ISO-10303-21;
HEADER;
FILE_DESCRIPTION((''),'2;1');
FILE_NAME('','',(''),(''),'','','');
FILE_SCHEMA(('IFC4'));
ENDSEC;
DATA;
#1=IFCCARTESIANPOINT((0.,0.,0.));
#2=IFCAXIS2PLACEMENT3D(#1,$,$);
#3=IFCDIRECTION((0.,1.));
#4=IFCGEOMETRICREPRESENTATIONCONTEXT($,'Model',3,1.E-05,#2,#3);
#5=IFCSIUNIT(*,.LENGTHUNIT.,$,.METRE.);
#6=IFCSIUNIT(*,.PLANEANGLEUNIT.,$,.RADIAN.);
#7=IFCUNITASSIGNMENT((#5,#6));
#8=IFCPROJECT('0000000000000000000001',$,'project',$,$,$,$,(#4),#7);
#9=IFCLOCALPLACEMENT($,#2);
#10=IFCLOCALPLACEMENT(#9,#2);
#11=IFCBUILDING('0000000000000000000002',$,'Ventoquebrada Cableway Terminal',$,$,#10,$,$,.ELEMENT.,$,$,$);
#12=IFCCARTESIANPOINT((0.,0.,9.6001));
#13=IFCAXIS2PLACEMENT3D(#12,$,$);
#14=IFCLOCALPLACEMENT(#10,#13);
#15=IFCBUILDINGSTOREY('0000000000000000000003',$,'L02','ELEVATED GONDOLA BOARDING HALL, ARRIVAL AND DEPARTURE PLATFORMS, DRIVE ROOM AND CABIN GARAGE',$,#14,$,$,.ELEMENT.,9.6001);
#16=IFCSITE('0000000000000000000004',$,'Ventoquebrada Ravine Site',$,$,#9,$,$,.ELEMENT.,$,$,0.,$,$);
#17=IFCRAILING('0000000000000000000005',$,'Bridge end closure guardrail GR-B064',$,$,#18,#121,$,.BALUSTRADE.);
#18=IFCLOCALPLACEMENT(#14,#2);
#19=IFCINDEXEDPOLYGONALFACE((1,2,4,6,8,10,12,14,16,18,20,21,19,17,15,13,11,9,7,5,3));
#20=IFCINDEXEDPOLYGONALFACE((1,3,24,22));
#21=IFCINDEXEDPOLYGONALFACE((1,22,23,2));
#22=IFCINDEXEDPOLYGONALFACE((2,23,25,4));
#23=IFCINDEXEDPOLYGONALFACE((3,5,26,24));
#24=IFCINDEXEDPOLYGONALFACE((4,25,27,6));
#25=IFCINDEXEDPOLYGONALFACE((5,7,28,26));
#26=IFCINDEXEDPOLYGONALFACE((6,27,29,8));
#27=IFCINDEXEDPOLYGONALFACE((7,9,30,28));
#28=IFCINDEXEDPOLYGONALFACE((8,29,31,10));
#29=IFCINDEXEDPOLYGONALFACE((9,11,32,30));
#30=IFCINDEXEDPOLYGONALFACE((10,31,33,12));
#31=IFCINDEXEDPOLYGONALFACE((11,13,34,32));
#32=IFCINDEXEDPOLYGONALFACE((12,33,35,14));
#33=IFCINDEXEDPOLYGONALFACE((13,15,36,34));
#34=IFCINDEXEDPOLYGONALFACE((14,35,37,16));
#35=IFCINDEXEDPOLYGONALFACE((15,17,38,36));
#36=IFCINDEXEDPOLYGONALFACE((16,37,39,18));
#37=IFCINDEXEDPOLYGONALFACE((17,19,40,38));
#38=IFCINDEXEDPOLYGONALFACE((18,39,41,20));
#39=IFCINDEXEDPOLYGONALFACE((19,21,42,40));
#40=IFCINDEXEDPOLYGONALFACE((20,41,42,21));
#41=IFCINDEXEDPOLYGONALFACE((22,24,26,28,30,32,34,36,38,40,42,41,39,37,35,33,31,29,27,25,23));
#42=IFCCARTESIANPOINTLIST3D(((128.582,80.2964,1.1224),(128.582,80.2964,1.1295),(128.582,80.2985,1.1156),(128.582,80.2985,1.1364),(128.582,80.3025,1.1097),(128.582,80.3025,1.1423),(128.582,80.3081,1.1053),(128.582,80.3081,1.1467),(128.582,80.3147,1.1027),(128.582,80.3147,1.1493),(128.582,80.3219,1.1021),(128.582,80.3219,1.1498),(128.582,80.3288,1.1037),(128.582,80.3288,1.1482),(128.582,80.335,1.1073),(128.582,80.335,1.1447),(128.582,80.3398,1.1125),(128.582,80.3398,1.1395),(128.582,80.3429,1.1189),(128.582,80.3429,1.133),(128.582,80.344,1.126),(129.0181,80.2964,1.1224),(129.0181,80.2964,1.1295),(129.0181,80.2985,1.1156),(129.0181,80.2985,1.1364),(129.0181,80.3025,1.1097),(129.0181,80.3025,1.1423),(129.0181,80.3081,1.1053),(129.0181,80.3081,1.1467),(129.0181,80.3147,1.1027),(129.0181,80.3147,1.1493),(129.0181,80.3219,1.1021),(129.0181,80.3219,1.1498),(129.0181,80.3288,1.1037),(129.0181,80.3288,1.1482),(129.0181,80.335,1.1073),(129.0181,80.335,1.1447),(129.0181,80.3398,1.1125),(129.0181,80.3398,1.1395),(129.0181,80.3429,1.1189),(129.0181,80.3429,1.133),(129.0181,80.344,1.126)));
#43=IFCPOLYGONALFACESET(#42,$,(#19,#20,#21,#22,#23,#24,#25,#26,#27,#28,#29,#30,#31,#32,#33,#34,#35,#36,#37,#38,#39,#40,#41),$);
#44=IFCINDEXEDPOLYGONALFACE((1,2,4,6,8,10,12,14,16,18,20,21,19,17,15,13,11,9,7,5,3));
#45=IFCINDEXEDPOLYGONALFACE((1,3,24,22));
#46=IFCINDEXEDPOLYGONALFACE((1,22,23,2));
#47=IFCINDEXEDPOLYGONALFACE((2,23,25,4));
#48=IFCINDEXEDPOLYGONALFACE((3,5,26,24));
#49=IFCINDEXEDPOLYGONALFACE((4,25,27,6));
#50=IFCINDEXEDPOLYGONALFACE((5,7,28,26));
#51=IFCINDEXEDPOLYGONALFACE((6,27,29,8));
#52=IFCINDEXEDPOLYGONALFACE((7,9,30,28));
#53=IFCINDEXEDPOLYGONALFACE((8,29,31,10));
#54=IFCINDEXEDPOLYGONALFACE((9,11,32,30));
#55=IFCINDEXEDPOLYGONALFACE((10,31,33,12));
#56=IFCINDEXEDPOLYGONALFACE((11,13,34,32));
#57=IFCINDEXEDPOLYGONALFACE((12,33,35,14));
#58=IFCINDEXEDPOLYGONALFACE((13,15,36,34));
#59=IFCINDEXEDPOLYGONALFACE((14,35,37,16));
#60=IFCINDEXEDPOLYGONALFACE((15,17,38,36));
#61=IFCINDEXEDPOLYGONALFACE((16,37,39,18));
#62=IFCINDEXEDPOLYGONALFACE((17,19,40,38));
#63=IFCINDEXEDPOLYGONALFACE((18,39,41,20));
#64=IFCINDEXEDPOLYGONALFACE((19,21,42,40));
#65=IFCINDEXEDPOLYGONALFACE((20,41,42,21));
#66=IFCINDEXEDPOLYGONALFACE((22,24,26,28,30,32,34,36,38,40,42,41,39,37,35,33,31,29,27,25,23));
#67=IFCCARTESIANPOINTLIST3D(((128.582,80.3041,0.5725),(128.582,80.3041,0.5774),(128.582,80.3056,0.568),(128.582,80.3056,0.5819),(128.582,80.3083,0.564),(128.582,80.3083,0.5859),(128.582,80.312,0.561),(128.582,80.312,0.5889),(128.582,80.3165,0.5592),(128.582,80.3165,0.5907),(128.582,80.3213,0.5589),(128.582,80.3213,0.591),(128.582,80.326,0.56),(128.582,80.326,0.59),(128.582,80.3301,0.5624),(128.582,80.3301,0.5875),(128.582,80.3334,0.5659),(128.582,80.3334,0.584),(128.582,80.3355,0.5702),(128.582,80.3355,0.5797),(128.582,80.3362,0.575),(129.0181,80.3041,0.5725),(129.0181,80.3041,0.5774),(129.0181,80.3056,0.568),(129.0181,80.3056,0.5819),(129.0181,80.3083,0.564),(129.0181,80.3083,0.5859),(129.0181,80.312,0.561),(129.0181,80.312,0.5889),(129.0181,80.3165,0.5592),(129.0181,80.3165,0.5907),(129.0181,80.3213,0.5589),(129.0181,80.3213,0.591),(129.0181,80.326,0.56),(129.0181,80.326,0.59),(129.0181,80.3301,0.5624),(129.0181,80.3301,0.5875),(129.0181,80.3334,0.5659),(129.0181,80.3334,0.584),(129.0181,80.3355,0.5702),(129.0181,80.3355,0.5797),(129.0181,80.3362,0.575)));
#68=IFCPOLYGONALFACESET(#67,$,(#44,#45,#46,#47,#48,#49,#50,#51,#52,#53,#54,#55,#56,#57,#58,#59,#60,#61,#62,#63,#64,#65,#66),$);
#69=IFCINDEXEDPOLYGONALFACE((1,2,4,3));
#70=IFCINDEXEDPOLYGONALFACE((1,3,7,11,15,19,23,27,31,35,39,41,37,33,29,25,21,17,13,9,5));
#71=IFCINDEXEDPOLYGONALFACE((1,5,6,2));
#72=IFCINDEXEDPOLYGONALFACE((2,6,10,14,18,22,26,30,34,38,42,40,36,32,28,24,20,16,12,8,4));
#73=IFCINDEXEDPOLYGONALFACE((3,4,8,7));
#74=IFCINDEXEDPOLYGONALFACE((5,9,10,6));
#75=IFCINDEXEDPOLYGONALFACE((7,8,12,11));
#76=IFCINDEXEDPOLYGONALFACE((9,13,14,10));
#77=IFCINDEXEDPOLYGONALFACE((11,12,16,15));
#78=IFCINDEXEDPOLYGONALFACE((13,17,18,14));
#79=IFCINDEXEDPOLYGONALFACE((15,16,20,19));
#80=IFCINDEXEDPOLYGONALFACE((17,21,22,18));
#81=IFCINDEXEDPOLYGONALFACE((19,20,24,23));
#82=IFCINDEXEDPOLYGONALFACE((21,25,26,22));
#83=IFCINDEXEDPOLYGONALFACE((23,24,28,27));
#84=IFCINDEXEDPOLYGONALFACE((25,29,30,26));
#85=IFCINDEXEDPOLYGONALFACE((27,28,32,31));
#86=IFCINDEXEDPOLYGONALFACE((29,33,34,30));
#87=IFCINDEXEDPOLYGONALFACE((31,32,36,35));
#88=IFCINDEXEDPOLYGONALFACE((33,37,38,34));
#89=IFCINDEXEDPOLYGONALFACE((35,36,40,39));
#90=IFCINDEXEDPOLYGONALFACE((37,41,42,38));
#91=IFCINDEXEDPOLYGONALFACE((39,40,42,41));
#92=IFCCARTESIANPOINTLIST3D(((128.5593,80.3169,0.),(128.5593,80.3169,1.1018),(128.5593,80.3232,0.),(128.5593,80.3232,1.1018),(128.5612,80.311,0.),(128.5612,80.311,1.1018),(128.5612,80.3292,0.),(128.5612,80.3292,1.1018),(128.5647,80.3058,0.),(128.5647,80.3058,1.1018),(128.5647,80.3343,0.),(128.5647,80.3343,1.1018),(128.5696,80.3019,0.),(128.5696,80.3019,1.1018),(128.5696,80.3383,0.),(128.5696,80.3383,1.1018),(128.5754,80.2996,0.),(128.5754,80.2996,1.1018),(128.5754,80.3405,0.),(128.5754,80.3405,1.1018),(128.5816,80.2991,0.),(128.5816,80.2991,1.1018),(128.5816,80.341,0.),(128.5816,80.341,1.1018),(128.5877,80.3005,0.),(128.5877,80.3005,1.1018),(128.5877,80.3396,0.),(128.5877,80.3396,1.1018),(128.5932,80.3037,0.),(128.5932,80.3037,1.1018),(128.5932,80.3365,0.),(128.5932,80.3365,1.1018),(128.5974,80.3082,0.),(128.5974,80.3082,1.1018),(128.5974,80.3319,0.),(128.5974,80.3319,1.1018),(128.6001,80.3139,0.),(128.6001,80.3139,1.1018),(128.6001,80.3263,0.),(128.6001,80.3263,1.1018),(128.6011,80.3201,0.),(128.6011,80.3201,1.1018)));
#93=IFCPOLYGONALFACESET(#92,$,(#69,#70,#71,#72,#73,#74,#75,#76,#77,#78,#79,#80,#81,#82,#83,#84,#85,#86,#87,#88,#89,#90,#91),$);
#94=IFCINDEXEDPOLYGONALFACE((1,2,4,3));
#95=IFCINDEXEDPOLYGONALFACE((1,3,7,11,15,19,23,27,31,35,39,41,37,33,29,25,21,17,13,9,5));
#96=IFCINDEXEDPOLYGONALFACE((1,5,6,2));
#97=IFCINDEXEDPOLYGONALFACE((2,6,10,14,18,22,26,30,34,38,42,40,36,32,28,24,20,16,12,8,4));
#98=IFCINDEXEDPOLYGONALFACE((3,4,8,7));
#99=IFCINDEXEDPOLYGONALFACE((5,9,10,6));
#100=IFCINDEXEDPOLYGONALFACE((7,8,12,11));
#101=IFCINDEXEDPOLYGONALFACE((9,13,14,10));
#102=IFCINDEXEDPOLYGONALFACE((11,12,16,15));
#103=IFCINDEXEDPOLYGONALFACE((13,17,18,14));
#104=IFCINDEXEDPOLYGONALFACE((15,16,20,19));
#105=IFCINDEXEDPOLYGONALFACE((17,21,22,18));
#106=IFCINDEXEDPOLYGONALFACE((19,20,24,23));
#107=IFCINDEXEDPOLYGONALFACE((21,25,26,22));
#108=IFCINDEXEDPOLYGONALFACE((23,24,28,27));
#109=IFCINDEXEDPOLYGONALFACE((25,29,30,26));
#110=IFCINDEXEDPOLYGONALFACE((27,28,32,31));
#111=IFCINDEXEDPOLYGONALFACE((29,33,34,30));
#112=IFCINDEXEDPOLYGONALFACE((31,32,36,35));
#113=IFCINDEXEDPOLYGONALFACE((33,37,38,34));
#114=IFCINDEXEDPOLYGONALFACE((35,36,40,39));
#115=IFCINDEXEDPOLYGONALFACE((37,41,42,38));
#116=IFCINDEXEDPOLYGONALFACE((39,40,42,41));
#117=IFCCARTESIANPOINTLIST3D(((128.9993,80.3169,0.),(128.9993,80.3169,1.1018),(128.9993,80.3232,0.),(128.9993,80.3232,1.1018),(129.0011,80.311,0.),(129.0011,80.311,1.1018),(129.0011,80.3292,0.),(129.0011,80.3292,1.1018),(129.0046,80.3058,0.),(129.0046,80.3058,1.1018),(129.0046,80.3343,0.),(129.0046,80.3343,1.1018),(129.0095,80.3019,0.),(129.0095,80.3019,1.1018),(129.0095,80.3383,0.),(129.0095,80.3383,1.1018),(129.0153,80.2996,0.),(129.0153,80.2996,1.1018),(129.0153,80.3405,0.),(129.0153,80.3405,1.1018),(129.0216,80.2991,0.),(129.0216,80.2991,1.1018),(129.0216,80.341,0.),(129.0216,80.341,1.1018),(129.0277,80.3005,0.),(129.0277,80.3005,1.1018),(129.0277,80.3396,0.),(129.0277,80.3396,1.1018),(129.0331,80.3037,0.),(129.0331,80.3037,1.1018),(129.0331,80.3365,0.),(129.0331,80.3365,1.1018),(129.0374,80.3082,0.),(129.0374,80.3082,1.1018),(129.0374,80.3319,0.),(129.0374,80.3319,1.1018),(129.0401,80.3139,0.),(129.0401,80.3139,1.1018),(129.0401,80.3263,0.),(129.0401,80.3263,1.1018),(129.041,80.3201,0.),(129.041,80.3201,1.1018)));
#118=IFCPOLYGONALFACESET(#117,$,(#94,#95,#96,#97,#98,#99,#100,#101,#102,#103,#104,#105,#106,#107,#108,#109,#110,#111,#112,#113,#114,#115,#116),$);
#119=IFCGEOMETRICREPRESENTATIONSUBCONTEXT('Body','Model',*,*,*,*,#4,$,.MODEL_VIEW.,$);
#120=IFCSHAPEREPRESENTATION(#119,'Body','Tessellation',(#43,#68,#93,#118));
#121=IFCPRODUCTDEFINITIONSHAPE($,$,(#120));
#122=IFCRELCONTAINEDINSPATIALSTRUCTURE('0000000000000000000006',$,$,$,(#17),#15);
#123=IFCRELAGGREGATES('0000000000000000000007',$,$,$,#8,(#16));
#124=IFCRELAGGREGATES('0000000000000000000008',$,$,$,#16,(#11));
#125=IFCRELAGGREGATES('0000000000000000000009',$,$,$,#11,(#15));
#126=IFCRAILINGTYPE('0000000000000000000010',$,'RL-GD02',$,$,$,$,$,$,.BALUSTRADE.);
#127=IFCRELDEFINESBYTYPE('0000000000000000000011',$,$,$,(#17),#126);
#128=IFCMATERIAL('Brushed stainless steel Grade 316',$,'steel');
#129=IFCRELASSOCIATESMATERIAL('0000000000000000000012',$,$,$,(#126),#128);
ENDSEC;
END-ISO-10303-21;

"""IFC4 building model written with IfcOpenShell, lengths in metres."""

from ifc_helpers import new_model, si_unit, direction, frame, origin, origin_2d, place, context, subcontext, project, spatial, circle, extrude, material, type_object, element, save


model = new_model("IFC4")

# Units and contexts
model_context = context("Model", 3, precision=1e-05, world=origin(), true_north=direction((0.0, 1.0)))
body_context = subcontext(model_context, "Body", "Model", "MODEL_VIEW")
ifc_project = project(units=[si_unit("LENGTHUNIT", "METRE"), si_unit("PLANEANGLEUNIT", "RADIAN")], contexts=[model_context])

# Site, building, storey
site_placement = place(None, origin())
site = spatial("IfcSite", under=ifc_project, at=site_placement, Name="Ventoquebrada Ravine Site", CompositionType="ELEMENT", RefElevation=0.0)
building_placement = place(site_placement, origin())
building = spatial("IfcBuilding", under=site, at=building_placement, Name="Ventoquebrada Cableway Terminal", CompositionType="ELEMENT")
storey_placement = place(building_placement, frame((0.0, 0.0, 9.6001)))
storey = spatial("IfcBuildingStorey", under=building, at=storey_placement, Name="L02", Description="ELEVATED GONDOLA BOARDING HALL, ARRIVAL AND DEPARTURE PLATFORMS, DRIVE ROOM AND CABIN GARAGE", CompositionType="ELEMENT", Elevation=9.6001)

# Railing
ifc_material_1 = material(Name="Brushed stainless steel Grade 316", Category="steel")
railing_type_1 = type_object("IfcRailingType", Name="RL-GD02", PredefinedType="BALUSTRADE", material=ifc_material_1)
for number, where, name in (
    (1, (128.5801, 80.3201, 0.0), "Bridge end closure guardrail GR-B064"),
):
    element("IfcRailing", number, at=place(storey_placement, frame(where)), inside=storey, type_object=railing_type_1, Name=name, PredefinedType="BALUSTRADE", context=body_context, shape_type="SweptSolid", body=[
        extrude(circle(Radius=0.0239, at=origin_2d()), frame((0.002, 0.0, 1.126), z_axis=(1.0, 0.0, 0.0), x_axis=(0.0, 1.0, 0.0)), (0.0, 0.0, 1.0), 0.436),
        extrude(circle(Radius=0.0161, at=origin_2d()), frame((0.002, 0.0, 0.575), z_axis=(1.0, 0.0, 0.0), x_axis=(0.0, 1.0, 0.0)), (0.0, 0.0, 1.0), 0.436),
        extrude(circle(Radius=0.021, at=origin_2d()), origin(), (0.0, 0.0, 1.0), 1.1018),
        extrude(circle(Radius=0.021, at=origin_2d()), frame((0.4399, 0.0, 0.0)), (0.0, 0.0, 1.0), 1.1018),
    ])

save(model, "model.ifc")
